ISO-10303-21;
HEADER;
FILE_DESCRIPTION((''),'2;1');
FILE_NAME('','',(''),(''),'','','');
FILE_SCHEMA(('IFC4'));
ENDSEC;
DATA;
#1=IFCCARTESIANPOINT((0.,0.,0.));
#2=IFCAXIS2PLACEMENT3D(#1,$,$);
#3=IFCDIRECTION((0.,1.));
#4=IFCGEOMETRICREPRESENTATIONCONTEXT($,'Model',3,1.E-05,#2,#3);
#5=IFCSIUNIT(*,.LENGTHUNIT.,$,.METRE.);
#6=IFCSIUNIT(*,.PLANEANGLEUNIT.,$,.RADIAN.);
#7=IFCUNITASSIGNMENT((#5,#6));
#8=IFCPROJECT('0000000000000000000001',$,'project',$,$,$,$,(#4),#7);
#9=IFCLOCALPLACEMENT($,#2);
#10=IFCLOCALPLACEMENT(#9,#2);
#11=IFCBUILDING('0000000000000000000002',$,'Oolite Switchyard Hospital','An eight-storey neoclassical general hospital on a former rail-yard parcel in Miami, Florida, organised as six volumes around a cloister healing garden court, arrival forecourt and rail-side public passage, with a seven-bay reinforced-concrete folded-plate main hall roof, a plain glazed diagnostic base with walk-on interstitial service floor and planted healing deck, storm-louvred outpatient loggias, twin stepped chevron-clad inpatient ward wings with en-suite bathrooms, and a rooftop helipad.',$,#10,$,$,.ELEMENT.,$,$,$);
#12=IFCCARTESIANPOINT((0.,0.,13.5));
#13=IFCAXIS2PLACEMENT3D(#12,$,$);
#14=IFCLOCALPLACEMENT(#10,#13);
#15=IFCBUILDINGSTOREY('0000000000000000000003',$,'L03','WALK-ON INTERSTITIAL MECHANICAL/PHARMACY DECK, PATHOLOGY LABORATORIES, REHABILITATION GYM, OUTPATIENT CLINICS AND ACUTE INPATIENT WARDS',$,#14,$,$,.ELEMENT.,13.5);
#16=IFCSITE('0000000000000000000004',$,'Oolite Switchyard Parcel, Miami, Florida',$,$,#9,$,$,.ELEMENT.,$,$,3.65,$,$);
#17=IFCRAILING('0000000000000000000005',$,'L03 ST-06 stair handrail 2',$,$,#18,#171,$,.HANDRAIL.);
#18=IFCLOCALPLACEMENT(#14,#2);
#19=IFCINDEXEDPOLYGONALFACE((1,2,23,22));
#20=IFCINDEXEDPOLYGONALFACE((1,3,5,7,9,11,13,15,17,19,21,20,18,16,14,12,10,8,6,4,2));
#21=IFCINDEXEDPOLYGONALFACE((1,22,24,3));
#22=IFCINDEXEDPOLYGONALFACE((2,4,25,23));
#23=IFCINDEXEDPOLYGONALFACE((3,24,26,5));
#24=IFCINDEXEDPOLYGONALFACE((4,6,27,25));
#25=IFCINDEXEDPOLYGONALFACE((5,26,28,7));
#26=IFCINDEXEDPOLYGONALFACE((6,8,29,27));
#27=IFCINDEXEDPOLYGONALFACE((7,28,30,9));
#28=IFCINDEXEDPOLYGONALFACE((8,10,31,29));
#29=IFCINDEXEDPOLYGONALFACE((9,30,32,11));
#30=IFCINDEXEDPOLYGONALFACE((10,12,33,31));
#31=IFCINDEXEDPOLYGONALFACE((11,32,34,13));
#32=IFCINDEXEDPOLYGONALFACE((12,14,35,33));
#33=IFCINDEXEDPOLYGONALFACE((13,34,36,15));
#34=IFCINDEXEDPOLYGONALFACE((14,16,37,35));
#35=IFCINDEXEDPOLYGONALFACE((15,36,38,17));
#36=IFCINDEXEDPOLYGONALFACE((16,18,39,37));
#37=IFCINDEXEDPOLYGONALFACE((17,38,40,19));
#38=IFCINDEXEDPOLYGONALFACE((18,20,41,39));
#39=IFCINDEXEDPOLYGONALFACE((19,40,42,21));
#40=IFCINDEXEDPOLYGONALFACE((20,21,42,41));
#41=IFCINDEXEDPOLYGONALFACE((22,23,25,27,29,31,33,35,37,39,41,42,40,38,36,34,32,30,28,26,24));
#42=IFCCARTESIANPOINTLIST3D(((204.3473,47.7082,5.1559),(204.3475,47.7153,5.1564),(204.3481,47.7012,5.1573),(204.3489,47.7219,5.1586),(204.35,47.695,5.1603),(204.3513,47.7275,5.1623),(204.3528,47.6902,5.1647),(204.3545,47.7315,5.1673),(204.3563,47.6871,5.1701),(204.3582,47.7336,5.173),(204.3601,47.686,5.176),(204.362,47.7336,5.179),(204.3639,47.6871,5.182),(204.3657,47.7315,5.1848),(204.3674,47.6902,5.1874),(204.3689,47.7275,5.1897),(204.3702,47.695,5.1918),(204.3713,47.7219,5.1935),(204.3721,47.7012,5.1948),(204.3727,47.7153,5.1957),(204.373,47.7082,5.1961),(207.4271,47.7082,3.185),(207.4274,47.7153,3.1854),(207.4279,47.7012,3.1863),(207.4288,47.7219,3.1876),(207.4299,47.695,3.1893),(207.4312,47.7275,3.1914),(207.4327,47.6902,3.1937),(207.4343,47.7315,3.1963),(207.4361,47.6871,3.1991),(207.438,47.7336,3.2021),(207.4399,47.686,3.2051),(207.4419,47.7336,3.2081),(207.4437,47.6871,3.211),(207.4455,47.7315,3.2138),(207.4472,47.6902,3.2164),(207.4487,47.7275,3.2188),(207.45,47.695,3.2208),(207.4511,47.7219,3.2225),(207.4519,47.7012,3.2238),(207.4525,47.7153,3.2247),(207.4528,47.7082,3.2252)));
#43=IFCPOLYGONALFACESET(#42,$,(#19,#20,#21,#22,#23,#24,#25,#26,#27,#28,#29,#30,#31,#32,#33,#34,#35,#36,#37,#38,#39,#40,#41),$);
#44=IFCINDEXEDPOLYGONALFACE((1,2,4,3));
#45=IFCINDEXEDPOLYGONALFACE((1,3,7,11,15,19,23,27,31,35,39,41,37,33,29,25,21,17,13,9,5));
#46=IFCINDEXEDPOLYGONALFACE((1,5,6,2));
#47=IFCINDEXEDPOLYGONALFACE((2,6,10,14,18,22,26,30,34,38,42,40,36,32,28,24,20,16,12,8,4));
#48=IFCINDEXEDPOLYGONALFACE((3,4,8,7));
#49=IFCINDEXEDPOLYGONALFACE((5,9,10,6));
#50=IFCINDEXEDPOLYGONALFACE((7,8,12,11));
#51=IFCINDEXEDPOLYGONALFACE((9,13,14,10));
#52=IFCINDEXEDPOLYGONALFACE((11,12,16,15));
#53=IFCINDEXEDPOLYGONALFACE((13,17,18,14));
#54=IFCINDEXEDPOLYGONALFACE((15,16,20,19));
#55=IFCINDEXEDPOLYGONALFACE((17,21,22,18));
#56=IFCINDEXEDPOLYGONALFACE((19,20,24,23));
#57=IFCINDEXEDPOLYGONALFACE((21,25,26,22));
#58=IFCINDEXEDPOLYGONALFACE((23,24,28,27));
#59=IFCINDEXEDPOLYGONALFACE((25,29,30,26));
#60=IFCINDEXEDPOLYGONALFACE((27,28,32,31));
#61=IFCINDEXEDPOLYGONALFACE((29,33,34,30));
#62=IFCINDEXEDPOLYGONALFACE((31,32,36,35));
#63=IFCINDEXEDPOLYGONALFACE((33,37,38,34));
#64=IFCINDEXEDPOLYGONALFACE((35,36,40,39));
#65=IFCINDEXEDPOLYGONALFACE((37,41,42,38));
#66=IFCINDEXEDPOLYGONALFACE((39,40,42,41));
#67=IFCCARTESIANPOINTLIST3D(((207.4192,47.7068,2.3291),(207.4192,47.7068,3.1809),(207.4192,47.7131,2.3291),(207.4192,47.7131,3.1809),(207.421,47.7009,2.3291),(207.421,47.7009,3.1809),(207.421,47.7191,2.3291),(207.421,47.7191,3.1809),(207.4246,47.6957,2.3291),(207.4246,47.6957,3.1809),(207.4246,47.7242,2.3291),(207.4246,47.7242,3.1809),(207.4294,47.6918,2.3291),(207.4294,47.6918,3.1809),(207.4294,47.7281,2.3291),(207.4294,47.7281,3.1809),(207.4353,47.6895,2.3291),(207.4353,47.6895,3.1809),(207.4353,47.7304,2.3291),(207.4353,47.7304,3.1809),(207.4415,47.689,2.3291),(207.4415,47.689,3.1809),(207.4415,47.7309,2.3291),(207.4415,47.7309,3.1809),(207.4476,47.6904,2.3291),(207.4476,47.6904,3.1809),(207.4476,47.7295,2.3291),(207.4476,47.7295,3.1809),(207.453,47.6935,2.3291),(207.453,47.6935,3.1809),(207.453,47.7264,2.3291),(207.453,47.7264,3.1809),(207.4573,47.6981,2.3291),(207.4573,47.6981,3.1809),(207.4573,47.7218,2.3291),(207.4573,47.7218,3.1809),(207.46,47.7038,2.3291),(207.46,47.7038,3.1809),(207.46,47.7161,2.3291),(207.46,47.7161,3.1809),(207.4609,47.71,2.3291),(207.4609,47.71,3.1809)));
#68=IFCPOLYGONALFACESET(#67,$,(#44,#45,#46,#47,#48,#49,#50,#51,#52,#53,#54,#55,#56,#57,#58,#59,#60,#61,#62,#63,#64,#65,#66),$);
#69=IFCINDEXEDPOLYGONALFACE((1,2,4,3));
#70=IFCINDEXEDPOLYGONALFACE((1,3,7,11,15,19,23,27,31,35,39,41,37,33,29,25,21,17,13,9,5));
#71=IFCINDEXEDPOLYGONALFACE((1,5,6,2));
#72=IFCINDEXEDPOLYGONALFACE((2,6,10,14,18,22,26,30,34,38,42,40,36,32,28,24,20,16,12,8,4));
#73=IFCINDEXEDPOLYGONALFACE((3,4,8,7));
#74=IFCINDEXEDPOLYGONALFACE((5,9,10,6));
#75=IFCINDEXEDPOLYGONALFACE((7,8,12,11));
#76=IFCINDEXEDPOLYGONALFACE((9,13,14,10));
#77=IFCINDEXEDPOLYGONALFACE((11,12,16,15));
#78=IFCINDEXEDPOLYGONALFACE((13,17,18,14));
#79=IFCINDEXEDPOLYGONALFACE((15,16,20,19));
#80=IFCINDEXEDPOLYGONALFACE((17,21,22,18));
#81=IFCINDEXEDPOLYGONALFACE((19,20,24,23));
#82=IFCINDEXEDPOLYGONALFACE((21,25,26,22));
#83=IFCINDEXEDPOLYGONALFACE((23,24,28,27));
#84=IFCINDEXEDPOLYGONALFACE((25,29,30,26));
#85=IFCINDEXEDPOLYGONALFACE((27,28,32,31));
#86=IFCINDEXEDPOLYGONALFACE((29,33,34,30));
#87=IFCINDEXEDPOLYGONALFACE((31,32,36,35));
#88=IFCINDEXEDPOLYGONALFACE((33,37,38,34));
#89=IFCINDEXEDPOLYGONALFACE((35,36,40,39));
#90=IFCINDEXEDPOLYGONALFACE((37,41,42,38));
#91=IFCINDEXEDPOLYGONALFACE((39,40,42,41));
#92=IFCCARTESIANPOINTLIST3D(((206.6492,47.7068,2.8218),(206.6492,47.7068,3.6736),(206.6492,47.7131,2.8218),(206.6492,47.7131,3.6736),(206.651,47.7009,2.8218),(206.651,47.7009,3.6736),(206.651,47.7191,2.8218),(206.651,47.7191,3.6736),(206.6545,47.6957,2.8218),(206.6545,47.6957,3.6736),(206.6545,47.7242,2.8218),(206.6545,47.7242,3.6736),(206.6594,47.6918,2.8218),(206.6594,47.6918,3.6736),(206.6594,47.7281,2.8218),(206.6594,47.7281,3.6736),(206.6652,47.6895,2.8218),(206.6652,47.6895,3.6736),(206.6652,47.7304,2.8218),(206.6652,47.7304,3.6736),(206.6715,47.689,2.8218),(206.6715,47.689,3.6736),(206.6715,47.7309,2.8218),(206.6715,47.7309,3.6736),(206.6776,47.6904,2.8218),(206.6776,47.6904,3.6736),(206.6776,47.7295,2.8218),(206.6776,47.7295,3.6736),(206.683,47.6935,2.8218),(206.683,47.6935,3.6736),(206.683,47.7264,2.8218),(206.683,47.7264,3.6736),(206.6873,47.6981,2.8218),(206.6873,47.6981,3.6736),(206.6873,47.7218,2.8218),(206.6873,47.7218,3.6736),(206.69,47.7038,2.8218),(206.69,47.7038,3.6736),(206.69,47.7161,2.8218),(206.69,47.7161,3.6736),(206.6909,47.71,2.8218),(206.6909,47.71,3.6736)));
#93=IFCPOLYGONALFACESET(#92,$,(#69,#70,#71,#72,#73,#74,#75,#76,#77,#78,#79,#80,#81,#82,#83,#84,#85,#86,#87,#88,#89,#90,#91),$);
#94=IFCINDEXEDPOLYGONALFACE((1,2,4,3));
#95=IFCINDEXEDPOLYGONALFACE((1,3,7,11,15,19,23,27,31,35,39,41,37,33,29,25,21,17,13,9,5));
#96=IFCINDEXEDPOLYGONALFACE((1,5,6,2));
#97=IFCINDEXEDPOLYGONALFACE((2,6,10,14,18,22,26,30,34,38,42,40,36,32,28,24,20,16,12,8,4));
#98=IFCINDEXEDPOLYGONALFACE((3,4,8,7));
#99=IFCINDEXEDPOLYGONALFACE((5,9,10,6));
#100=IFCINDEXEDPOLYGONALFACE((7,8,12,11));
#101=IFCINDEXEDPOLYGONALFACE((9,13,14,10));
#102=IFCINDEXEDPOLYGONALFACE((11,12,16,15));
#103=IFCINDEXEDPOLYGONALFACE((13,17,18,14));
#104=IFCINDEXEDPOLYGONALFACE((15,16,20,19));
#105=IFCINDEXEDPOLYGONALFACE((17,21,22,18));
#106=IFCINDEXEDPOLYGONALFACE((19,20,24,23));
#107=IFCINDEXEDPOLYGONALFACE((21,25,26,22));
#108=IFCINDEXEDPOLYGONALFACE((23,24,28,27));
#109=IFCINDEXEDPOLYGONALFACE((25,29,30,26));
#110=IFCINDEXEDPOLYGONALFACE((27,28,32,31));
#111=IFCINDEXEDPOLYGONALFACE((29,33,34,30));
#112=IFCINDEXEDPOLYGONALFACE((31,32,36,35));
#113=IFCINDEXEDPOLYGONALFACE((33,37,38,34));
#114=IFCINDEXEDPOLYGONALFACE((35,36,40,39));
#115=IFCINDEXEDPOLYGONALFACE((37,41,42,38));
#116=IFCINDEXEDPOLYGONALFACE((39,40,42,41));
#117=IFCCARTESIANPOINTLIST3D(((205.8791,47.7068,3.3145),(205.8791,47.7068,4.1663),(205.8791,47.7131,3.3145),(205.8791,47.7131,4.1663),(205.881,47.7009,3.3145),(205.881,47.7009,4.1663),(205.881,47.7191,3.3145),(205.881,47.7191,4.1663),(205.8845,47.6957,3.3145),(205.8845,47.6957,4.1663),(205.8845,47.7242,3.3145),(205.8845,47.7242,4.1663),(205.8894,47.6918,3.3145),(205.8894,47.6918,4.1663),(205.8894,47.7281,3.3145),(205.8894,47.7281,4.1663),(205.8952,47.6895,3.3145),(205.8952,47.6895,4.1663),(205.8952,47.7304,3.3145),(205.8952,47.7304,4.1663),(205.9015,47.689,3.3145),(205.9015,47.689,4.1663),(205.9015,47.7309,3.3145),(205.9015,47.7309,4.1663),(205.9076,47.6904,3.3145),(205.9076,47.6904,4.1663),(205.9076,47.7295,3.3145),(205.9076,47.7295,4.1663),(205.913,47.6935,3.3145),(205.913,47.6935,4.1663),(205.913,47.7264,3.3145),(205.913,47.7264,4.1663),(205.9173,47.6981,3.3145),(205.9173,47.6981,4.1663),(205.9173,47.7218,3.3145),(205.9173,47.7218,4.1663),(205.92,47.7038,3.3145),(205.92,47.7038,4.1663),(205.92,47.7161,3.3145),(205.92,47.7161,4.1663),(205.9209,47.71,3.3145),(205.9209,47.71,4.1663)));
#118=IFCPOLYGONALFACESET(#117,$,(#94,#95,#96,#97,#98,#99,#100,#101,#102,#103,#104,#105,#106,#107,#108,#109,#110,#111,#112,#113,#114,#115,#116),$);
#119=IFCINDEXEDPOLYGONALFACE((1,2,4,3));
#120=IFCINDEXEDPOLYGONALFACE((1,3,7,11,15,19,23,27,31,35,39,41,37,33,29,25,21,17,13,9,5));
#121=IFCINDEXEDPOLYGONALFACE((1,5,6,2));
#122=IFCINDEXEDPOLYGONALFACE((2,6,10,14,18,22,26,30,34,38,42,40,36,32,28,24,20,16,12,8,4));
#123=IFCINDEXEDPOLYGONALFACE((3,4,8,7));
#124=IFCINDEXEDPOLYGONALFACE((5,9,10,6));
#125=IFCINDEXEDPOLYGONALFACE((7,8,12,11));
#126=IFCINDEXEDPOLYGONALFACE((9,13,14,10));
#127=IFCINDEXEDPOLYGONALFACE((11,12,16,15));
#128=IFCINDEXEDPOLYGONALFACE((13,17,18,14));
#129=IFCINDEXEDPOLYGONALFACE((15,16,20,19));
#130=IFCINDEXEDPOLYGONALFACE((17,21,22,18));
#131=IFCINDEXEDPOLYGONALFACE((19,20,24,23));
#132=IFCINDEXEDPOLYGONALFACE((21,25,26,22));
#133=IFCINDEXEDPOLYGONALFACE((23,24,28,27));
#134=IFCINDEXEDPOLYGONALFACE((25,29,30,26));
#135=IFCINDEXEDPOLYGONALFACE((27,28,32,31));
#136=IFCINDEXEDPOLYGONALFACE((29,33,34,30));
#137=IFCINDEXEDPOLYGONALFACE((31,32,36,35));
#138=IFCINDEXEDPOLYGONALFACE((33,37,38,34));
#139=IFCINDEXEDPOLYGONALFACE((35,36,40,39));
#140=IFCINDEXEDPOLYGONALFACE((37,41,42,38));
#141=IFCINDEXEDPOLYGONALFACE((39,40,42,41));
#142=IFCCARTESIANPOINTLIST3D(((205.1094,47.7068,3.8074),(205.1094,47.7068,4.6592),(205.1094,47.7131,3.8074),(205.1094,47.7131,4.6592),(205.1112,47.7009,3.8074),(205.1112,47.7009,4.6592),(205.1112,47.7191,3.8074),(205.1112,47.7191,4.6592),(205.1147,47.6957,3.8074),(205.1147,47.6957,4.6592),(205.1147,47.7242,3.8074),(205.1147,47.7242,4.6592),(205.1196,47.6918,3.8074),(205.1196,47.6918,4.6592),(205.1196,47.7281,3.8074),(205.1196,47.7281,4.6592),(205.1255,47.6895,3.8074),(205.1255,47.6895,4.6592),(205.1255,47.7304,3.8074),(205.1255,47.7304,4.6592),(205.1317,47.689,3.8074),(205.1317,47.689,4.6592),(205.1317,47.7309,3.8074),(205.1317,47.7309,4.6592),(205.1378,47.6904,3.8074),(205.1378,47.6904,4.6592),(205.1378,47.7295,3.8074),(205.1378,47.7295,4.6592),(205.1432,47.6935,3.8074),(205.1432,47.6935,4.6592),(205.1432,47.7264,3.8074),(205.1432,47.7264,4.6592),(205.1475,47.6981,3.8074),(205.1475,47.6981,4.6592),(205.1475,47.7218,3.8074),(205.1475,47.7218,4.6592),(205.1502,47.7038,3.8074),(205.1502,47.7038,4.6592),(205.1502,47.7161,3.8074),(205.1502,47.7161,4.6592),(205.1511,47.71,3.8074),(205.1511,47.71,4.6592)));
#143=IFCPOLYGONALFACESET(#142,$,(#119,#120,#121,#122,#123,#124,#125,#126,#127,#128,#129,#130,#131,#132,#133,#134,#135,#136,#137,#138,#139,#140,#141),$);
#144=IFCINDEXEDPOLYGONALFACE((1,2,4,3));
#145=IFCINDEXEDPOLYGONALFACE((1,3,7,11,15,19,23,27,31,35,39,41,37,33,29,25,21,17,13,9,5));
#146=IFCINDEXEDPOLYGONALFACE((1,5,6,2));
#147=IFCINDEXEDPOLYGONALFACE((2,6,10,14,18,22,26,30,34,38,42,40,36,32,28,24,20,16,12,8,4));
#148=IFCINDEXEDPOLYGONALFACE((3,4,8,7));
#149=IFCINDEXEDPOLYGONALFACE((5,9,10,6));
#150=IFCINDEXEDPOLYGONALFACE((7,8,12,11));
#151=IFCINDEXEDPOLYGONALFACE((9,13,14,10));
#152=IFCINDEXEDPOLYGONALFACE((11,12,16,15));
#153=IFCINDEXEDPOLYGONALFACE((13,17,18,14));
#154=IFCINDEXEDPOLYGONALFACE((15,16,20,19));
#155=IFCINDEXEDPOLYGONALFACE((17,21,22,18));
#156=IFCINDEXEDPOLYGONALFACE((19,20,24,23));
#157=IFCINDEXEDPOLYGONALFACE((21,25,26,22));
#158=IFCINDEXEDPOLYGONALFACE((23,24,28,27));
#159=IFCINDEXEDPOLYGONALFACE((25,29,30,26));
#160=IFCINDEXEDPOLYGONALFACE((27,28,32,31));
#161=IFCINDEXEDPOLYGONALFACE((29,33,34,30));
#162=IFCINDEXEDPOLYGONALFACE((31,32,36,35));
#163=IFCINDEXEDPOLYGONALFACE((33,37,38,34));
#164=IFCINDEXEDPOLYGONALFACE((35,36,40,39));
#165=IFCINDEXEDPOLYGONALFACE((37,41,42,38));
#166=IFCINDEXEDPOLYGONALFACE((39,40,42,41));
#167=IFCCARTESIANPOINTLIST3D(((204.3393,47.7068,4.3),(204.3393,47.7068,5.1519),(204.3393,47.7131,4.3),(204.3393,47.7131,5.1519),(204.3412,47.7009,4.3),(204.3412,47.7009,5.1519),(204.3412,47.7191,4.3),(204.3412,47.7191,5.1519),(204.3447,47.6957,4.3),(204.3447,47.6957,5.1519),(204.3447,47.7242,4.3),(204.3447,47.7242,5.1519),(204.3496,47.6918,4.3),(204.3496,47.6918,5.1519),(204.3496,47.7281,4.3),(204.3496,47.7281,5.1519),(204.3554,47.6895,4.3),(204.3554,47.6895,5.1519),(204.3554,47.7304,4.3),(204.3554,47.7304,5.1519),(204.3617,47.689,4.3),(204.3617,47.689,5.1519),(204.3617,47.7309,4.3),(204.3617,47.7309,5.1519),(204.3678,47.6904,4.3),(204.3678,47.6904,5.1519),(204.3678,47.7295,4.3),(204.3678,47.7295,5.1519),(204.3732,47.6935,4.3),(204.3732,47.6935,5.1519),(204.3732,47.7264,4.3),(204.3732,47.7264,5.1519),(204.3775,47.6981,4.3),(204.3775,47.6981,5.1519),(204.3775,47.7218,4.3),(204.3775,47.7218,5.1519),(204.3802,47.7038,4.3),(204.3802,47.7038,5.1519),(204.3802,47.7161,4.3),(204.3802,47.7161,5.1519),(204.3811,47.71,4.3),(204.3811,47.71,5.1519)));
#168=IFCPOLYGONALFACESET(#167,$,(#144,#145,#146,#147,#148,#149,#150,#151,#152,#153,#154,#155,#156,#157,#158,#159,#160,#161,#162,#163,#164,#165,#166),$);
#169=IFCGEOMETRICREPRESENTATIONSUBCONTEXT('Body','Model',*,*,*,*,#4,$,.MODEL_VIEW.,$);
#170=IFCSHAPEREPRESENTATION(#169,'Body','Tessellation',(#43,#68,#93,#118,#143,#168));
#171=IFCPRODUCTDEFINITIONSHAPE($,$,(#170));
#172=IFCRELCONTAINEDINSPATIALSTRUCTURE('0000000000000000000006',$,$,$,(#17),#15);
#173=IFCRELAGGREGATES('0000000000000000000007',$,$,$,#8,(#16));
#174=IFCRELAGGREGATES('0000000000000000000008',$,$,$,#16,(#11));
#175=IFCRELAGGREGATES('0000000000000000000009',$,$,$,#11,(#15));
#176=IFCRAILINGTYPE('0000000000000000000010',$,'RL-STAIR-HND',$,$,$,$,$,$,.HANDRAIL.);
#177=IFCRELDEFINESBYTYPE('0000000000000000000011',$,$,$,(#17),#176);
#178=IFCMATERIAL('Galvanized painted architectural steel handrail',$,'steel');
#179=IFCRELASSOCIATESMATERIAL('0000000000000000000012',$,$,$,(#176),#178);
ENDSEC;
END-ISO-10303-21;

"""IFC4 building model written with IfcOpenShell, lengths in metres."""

from ifc_helpers import new_model, si_unit, direction, frame, origin, origin_2d, place, context, subcontext, project, spatial, circle, extrude, material, type_object, element, save


model = new_model("IFC4")

# Units and contexts
model_context = context("Model", 3, precision=1e-05, world=origin(), true_north=direction((0.0, 1.0)))
body_context = subcontext(model_context, "Body", "Model", "MODEL_VIEW")
ifc_project = project(units=[si_unit("LENGTHUNIT", "METRE"), si_unit("PLANEANGLEUNIT", "RADIAN")], contexts=[model_context])

# Site, building, storey
site_placement = place(None, origin())
site = spatial("IfcSite", under=ifc_project, at=site_placement, Name="Oolite Switchyard Parcel, Miami, Florida", CompositionType="ELEMENT", RefElevation=3.65)
building_placement = place(site_placement, origin())
building = spatial("IfcBuilding", under=site, at=building_placement, Name="Oolite Switchyard Hospital", Description="An eight-storey neoclassical general hospital on a former rail-yard parcel in Miami, Florida, organised as six volumes around a cloister healing garden court, arrival forecourt and rail-side public passage, with a seven-bay reinforced-concrete folded-plate main hall roof, a plain glazed diagnostic base with walk-on interstitial service floor and planted healing deck, storm-louvred outpatient loggias, twin stepped chevron-clad inpatient ward wings with en-suite bathrooms, and a rooftop helipad.", CompositionType="ELEMENT")
storey_placement = place(building_placement, frame((0.0, 0.0, 13.5)))
storey = spatial("IfcBuildingStorey", under=building, at=storey_placement, Name="L03", Description="WALK-ON INTERSTITIAL MECHANICAL/PHARMACY DECK, PATHOLOGY LABORATORIES, REHABILITATION GYM, OUTPATIENT CLINICS AND ACUTE INPATIENT WARDS", CompositionType="ELEMENT", Elevation=13.5)

# Railing
ifc_material_1 = material(Name="Galvanized painted architectural steel handrail", Category="steel")
railing_type_1 = type_object("IfcRailingType", Name="RL-STAIR-HND", PredefinedType="HANDRAIL", material=ifc_material_1)
railing_1_placement = place(storey_placement, frame((207.4399, 47.71, 2.3291)))
element("IfcRailing", 1, at=railing_1_placement, inside=storey, type_object=railing_type_1, Name="L03 ST-06 stair handrail 2", PredefinedType="HANDRAIL", context=body_context, shape_type="SweptSolid", body=[
    extrude(circle(Radius=0.0239, at=origin_2d()), frame((0.0, 0.0, 0.876), z_axis=(-0.84229, 0.0, 0.539025), x_axis=(0.0, -1.0, 0.0)), (0.0, 0.0, 1.0), 3.6565),
    extrude(circle(Radius=0.021, at=origin_2d()), origin(), (0.0, 0.0, 1.0), 0.8518),
    extrude(circle(Radius=0.021, at=origin_2d()), frame((-0.77, 0.0, 0.4927)), (0.0, 0.0, 1.0), 0.8518),
    extrude(circle(Radius=0.021, at=origin_2d()), frame((-1.54, 0.0, 0.9854)), (0.0, 0.0, 1.0), 0.8518),
    extrude(circle(Radius=0.021, at=origin_2d()), frame((-2.3098, 0.0, 1.4783)), (0.0, 0.0, 1.0), 0.8518),
    extrude(circle(Radius=0.021, at=origin_2d()), frame((-3.0798, 0.0, 1.9709)), (0.0, 0.0, 1.0), 0.8518),
])

save(model, "model.ifc")
